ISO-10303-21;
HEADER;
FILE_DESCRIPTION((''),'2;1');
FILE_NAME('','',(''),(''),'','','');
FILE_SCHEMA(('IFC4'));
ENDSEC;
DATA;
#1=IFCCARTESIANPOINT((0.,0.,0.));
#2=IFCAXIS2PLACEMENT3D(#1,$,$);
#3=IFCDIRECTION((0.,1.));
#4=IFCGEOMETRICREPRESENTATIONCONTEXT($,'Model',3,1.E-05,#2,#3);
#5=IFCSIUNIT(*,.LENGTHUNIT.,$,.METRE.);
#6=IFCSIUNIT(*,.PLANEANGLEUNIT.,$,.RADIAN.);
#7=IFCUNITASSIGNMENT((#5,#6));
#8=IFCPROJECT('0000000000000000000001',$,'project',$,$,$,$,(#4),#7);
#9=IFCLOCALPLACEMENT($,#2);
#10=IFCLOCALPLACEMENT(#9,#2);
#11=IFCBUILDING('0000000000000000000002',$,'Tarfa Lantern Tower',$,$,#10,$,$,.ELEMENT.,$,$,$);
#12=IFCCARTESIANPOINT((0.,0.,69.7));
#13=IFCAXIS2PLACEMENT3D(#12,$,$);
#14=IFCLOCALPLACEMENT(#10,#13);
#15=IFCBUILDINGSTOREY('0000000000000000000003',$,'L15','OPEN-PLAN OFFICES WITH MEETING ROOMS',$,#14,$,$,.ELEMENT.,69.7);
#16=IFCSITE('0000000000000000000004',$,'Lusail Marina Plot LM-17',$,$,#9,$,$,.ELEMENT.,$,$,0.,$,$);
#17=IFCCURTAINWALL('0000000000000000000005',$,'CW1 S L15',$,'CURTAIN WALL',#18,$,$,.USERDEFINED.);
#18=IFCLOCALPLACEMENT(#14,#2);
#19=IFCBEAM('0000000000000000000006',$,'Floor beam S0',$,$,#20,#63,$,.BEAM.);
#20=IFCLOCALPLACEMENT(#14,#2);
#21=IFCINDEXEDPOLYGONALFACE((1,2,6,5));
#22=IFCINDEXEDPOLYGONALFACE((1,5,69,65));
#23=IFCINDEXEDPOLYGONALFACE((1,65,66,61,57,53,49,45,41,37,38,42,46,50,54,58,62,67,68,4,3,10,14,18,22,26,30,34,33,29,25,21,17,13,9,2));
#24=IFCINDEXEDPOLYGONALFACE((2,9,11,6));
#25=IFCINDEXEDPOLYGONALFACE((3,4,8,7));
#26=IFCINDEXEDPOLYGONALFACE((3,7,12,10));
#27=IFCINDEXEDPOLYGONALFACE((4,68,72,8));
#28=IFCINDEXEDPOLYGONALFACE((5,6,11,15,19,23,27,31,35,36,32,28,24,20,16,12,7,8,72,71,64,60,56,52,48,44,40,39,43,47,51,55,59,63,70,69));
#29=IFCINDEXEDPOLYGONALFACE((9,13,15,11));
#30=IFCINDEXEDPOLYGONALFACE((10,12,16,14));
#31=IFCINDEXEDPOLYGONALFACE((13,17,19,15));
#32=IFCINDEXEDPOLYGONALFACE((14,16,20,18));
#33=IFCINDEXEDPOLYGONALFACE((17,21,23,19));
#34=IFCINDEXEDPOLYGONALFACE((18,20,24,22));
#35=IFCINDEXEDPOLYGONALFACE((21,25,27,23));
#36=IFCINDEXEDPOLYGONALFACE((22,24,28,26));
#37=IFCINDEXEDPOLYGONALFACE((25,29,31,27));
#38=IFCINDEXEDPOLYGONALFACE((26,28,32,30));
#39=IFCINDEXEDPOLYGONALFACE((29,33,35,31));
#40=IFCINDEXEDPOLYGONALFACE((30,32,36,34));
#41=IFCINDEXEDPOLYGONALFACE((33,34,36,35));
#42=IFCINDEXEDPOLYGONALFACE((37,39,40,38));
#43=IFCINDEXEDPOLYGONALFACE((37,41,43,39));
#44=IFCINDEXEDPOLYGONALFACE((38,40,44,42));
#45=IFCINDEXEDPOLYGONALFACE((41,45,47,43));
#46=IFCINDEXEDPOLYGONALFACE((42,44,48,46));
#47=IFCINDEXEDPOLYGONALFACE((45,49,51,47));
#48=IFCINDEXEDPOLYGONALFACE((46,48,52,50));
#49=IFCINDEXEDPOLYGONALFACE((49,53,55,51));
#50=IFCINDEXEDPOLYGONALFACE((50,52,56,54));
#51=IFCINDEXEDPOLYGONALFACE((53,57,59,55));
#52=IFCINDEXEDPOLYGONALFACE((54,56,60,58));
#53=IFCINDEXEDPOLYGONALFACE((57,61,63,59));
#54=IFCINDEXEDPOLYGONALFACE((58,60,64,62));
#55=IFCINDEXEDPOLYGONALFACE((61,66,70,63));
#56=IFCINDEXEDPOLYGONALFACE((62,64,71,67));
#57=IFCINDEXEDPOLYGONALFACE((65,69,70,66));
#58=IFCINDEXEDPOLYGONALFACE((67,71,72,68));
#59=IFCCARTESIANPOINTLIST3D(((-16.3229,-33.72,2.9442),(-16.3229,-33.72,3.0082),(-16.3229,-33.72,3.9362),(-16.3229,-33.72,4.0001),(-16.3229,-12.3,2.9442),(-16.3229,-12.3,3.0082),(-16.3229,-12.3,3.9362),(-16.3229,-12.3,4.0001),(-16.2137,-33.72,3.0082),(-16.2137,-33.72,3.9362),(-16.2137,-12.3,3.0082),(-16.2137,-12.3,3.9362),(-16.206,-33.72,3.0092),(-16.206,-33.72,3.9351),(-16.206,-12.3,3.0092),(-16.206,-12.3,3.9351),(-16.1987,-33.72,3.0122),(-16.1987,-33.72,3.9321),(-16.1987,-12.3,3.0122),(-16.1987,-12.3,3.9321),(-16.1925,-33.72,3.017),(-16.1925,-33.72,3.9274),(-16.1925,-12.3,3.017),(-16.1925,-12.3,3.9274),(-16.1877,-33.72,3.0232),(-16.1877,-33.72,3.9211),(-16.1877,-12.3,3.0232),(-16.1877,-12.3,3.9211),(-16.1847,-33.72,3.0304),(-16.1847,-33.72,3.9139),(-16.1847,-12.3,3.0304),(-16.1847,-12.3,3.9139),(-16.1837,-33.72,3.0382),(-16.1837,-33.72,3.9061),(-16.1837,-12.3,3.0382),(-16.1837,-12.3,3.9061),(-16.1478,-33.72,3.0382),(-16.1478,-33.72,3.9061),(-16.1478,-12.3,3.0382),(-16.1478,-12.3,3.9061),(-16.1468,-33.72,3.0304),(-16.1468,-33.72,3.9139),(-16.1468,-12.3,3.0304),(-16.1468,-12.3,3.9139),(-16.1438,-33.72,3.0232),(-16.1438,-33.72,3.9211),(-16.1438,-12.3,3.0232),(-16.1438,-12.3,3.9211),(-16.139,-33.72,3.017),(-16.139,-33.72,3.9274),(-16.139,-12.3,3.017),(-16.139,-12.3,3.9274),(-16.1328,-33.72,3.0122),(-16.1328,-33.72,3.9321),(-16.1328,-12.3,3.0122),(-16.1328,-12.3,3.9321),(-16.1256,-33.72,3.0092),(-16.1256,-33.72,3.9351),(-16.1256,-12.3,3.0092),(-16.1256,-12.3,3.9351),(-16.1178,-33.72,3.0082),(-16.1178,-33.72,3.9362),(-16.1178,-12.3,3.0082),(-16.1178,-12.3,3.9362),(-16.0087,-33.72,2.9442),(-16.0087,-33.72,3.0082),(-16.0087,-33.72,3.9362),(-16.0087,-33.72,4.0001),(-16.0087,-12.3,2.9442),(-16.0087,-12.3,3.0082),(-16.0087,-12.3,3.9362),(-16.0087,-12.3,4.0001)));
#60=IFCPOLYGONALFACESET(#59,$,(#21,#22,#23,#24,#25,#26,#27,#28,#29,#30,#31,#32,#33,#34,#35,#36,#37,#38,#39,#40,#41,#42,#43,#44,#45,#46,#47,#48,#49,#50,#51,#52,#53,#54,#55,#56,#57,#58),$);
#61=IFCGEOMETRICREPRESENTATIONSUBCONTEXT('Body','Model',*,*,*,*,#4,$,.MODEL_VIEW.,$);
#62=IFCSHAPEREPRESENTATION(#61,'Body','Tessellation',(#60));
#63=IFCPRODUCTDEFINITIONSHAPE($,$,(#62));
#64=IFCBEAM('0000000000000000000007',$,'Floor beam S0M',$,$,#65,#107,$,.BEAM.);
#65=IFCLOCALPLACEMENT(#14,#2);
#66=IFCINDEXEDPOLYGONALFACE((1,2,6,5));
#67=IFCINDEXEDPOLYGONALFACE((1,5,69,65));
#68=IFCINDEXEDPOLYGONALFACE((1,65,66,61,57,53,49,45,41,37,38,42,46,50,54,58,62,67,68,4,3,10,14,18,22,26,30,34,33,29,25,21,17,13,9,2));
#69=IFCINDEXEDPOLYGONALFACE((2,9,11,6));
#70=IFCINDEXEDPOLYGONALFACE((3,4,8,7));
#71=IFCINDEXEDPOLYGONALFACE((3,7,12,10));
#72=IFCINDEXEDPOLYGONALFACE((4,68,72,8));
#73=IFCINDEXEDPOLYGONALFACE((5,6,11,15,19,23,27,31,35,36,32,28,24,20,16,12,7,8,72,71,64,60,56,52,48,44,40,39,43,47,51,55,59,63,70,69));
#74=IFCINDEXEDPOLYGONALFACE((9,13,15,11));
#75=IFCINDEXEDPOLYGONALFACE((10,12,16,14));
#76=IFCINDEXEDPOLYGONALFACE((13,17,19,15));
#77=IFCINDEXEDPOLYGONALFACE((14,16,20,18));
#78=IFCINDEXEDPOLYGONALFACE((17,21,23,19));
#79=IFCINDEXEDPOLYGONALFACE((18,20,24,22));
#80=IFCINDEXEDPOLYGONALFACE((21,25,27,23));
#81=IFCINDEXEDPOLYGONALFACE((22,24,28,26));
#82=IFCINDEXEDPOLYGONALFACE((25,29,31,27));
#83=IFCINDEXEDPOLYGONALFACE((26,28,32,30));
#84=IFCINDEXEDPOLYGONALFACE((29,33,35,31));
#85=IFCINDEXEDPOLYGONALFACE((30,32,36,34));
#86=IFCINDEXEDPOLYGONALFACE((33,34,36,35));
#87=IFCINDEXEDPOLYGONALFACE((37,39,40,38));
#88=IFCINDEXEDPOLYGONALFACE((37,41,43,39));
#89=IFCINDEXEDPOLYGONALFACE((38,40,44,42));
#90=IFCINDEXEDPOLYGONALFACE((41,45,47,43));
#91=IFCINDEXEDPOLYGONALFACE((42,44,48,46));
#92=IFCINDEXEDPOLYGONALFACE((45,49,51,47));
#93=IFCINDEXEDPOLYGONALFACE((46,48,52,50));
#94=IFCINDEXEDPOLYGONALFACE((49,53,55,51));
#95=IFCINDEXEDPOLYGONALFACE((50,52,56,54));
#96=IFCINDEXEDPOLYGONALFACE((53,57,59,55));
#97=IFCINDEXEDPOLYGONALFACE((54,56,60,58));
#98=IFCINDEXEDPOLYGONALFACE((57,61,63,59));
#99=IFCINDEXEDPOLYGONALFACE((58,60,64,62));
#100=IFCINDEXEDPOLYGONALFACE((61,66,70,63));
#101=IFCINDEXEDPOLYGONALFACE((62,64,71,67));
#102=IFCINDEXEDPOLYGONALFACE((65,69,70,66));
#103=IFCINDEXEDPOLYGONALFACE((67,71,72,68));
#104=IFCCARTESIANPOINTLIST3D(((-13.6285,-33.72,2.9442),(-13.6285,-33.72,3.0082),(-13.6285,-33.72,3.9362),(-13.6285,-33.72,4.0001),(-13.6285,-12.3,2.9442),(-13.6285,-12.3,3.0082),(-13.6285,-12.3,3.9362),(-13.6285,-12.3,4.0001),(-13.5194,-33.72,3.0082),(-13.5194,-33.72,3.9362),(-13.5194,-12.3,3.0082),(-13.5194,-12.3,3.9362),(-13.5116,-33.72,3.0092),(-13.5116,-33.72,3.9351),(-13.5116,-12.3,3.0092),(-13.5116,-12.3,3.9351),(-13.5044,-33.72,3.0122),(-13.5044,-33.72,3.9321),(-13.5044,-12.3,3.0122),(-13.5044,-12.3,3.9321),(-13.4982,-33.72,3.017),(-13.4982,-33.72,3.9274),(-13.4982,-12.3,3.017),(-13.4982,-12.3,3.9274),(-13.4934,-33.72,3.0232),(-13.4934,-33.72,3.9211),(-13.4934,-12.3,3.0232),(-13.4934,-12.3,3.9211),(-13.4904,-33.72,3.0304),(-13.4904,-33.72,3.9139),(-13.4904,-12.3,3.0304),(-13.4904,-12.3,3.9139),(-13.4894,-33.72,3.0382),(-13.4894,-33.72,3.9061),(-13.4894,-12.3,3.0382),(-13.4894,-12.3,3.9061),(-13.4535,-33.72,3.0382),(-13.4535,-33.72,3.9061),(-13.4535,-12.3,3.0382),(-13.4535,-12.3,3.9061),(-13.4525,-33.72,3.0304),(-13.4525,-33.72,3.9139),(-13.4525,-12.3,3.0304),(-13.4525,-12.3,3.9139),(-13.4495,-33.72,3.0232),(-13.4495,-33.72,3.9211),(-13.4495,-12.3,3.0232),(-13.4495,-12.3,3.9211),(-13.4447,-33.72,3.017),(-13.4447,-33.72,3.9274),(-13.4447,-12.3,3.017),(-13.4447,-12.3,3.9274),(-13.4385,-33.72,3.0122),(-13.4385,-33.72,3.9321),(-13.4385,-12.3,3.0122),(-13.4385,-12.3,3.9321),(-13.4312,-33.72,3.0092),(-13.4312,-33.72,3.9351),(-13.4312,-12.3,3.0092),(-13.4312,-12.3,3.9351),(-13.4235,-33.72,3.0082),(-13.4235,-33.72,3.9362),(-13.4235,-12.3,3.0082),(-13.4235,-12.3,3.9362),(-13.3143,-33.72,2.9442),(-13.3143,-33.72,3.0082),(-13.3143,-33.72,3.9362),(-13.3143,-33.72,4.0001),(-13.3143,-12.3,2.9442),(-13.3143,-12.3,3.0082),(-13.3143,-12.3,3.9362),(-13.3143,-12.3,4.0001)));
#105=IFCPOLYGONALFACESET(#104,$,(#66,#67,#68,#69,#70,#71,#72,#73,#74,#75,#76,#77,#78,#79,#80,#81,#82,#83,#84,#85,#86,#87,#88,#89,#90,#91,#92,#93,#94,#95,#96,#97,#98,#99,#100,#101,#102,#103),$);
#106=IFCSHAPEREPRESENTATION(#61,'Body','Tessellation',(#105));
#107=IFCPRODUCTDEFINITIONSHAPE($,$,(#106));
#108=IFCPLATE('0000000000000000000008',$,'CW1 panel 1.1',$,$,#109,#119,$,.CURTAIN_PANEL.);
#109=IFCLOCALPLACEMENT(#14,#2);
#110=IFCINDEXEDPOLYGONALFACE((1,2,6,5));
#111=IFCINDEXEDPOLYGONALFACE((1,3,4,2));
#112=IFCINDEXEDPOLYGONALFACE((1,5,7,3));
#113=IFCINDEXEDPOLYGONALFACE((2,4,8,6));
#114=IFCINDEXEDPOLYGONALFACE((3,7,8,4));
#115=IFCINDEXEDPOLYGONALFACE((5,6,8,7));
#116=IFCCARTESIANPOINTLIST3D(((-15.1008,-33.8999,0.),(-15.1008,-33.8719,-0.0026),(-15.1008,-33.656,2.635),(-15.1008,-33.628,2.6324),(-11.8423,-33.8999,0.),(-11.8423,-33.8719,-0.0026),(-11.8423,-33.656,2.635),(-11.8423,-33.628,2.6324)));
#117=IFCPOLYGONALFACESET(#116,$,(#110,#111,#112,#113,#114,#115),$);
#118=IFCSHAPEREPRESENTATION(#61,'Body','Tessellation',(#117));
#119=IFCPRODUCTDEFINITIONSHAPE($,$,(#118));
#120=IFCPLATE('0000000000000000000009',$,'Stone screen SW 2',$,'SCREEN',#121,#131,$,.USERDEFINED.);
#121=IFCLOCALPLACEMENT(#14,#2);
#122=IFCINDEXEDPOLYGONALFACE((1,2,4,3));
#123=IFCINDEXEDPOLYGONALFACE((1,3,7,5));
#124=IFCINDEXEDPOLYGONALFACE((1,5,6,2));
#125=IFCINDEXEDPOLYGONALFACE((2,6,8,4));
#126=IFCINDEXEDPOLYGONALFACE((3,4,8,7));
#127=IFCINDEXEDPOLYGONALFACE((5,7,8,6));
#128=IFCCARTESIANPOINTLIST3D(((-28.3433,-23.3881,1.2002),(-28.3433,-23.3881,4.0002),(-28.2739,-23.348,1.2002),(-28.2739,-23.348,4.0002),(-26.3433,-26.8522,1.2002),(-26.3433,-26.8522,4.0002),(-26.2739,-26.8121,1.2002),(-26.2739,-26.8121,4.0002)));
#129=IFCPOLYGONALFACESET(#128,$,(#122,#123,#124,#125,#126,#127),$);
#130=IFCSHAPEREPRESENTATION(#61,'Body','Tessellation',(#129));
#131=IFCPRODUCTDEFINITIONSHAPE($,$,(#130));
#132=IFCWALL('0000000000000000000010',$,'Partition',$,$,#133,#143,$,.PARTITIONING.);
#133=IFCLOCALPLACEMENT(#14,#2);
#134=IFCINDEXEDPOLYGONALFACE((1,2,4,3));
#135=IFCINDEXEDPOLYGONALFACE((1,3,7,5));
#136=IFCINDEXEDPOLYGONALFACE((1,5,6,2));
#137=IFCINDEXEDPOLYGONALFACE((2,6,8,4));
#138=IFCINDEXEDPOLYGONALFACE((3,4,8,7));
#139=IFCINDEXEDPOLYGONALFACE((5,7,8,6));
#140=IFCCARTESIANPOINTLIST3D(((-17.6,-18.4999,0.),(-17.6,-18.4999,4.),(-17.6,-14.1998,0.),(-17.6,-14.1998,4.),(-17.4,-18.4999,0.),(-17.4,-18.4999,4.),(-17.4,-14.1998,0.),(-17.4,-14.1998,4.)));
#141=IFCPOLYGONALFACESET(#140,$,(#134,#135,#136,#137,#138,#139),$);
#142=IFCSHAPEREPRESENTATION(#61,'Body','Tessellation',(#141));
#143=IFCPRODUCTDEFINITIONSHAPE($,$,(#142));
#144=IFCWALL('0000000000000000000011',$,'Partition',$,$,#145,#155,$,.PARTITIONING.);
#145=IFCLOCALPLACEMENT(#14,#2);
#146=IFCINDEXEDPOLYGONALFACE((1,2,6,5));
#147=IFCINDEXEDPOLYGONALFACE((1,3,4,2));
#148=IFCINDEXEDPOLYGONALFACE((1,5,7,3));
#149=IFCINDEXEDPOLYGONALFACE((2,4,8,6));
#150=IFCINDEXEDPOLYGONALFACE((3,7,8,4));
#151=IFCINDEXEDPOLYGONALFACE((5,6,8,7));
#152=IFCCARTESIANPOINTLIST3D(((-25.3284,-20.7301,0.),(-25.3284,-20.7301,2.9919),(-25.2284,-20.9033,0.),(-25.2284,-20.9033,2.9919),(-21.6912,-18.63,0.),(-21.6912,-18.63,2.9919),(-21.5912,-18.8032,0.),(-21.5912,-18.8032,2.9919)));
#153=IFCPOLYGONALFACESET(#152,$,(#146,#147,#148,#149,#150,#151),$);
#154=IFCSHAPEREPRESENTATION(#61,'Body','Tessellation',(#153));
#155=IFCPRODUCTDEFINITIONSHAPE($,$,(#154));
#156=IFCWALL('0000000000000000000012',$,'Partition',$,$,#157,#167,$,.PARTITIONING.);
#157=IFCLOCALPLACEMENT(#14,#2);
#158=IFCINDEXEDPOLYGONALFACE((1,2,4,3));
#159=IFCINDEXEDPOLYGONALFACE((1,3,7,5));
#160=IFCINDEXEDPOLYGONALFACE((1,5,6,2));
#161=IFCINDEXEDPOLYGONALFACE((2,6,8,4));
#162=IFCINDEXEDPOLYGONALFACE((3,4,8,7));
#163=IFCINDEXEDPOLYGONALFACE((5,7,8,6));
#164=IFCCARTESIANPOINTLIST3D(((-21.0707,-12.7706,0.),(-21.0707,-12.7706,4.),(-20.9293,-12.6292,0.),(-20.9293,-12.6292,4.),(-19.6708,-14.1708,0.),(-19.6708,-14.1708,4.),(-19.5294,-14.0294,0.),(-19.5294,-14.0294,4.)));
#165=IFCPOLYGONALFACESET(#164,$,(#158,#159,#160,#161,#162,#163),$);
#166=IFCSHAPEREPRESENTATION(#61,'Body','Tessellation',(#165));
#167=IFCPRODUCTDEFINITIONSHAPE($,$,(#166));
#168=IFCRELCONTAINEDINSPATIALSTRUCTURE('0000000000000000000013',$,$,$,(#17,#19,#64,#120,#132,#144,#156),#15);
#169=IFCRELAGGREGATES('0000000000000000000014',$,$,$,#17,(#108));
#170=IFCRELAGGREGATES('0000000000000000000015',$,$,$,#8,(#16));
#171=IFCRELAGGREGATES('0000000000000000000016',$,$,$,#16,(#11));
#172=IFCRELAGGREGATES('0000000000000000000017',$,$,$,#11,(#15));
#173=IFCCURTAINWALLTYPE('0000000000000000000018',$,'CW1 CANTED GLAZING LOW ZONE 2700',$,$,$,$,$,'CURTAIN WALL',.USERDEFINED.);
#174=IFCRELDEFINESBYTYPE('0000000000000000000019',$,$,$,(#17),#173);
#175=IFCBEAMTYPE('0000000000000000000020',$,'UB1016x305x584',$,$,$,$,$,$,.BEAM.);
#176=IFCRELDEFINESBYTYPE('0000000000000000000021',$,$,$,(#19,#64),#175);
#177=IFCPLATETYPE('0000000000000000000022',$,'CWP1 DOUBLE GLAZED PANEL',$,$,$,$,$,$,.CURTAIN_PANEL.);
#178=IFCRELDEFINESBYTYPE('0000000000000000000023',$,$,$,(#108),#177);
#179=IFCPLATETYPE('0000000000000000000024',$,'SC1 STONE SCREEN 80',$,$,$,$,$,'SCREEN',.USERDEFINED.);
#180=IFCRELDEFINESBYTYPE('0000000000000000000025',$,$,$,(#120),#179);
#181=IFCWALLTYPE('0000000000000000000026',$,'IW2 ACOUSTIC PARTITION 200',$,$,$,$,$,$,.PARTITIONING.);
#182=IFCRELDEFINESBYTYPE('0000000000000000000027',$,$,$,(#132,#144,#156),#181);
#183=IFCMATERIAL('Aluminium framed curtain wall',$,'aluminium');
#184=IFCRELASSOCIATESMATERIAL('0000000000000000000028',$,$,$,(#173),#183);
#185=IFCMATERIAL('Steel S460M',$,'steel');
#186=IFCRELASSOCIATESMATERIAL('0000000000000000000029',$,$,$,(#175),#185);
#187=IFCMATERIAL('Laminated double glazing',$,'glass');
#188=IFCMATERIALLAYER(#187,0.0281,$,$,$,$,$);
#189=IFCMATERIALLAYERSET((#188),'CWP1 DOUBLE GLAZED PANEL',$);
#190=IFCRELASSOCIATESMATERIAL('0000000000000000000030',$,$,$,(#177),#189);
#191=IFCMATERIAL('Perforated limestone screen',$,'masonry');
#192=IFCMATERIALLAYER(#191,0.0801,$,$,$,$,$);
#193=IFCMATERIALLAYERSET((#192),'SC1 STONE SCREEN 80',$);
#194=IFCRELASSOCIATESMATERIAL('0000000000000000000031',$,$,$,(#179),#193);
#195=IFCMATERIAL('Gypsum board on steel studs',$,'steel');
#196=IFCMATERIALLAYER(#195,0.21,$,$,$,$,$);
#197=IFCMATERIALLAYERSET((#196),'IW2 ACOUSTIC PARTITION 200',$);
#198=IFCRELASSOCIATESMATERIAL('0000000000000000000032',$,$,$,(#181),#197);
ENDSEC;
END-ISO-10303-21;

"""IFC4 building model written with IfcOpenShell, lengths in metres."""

from ifc_helpers import new_model, si_unit, direction, frame, frame_2d, origin, origin_2d, place, context, subcontext, project, spatial, polyline, rectangle, i_section, outline, extrude, material, layer, layer_set, material_profile, profile_set, type_object, element, aggregate, save


model = new_model("IFC4")

# Units and contexts
model_context = context("Model", 3, precision=1e-05, world=origin(), true_north=direction((0.0, 1.0)))
body_context = subcontext(model_context, "Body", "Model", "MODEL_VIEW")
ifc_project = project(units=[si_unit("LENGTHUNIT", "METRE"), si_unit("PLANEANGLEUNIT", "RADIAN")], contexts=[model_context])

# Site, building, storey
site_placement = place(None, origin())
site = spatial("IfcSite", under=ifc_project, at=site_placement, Name="Lusail Marina Plot LM-17", CompositionType="ELEMENT", RefElevation=0.0)
building_placement = place(site_placement, origin())
building = spatial("IfcBuilding", under=site, at=building_placement, Name="Tarfa Lantern Tower", CompositionType="ELEMENT")
storey_placement = place(building_placement, frame((0.0, 0.0, 69.7)))
storey = spatial("IfcBuildingStorey", under=building, at=storey_placement, Name="L15", Description="OPEN-PLAN OFFICES WITH MEETING ROOMS", CompositionType="ELEMENT", Elevation=69.7)

# Curtain wall
ifc_material_1 = material(Name="Aluminium framed curtain wall", Category="aluminium")
curtain_wall_type = type_object("IfcCurtainWallType", Name="CW1 CANTED GLAZING LOW ZONE 2700", ElementType="CURTAIN WALL", PredefinedType="USERDEFINED", material=ifc_material_1)
curtain_wall_placement = place(storey_placement, origin())
curtain_wall = element("IfcCurtainWall", 1, at=curtain_wall_placement, inside=storey, type_object=curtain_wall_type, Name="CW1 S L15", ObjectType="CURTAIN WALL", PredefinedType="USERDEFINED")

# Beams
ifc_material_2 = material(Name="Steel S460M", Category="steel")
ifc_material_profile_1 = material_profile(ifc_material_2, i_section(OverallWidth=0.3142, OverallDepth=1.0559, WebThickness=0.0359, FlangeThickness=0.064, FilletRadius=0.03, at=origin_2d()), Name="UB1016x305x584")
ifc_profile_set_1 = profile_set([ifc_material_profile_1], Name="Steel S460M")
beam_type_1 = type_object("IfcBeamType", Name="UB1016x305x584", PredefinedType="BEAM", material=ifc_profile_set_1)
for number, where, z_axis, x_axis, name in (
    (2, (-16.1658, -33.72, 3.4722), (0.0, 1.0, 0.0), (-1.0, 0.0, 0.0), "Floor beam S0"),
    (3, (-13.4714, -33.72, 3.4722), (0.0, 1.0, 0.0), (-1.0, 0.0, 0.0), "Floor beam S0M"),
):
    element("IfcBeam", number, at=place(storey_placement, frame(where, z_axis=z_axis, x_axis=x_axis)), inside=storey, type_object=beam_type_1, Name=name, PredefinedType="BEAM", context=body_context, shape_type="SweptSolid", body=[
        extrude(i_section(OverallWidth=0.3142, OverallDepth=1.0559, WebThickness=0.0359, FlangeThickness=0.064, FilletRadius=0.03, at=origin_2d()), origin(), (0.0, 0.0, 1.0), 21.4199),
    ])

# Plates
ifc_material_3 = material(Name="Laminated double glazing", Category="glass")
ifc_layer_1 = layer(ifc_material_3, 0.0281)
ifc_layer_set_1 = layer_set([ifc_layer_1], Name="CWP1 DOUBLE GLAZED PANEL")
plate_type_1 = type_object("IfcPlateType", Name="CWP1 DOUBLE GLAZED PANEL", PredefinedType="CURTAIN_PANEL", material=ifc_layer_set_1)
plate_1_placement = place(storey_placement, frame((-15.1008, -33.8999, 0.0), z_axis=(0.0, -0.995744, 0.092166), x_axis=(1.0, 0.0, 0.0)))
plate_1 = element("IfcPlate", 4, at=plate_1_placement, type_object=plate_type_1, Name="CW1 panel 1.1", PredefinedType="CURTAIN_PANEL", context=body_context, shape_type="SweptSolid", body=[
    extrude(outline(polyline([(0.0, 0.0), (3.2585, 0.0), (3.2585, 2.6463), (0.0, 2.6463), (0.0, 0.0)])), origin(), (0.0, 0.0, -1.0), 0.0281),
])
aggregate(curtain_wall, [plate_1])
ifc_material_4 = material(Name="Perforated limestone screen", Category="masonry")
ifc_layer_2 = layer(ifc_material_4, 0.0801)
ifc_layer_set_2 = layer_set([ifc_layer_2], Name="SC1 STONE SCREEN 80")
plate_type_2 = type_object("IfcPlateType", Name="SC1 STONE SCREEN 80", ElementType="SCREEN", PredefinedType="USERDEFINED", material=ifc_layer_set_2)
plate_2_placement = place(storey_placement, frame((-27.3086, -25.1001, 1.2002), z_axis=(0.0, 0.0, 1.0), x_axis=(0.5, -0.866025, 0.0)))
element("IfcPlate", 5, at=plate_2_placement, inside=storey, type_object=plate_type_2, Name="Stone screen SW 2", ObjectType="SCREEN", PredefinedType="USERDEFINED", context=body_context, shape_type="SweptSolid", body=[
    extrude(rectangle(XDim=4.0, YDim=0.0801, at=origin_2d()), origin(), (0.0, 0.0, 1.0), 2.8),
])

# Walls
ifc_material_5 = material(Name="Gypsum board on steel studs", Category="steel")
ifc_layer_3 = layer(ifc_material_5, 0.21)
ifc_layer_set_3 = layer_set([ifc_layer_3], Name="IW2 ACOUSTIC PARTITION 200")
wall_type = type_object("IfcWallType", Name="IW2 ACOUSTIC PARTITION 200", PredefinedType="PARTITIONING", material=ifc_layer_set_3)
wall_1_placement = place(storey_placement, frame((-17.5, -14.2, 0.0), z_axis=(0.0, 0.0, 1.0), x_axis=(0.0, -1.0, 0.0)))
element("IfcWall", 6, at=wall_1_placement, inside=storey, type_object=wall_type, Name="Partition", PredefinedType="PARTITIONING", context=body_context, shape_type="SweptSolid", body=[
    extrude(rectangle(XDim=4.3, YDim=0.2, at=frame_2d((2.1499, 0.0))), origin(), (0.0, 0.0, 1.0), 4.0),
])
wall_2_placement = place(storey_placement, frame((-21.6411, -18.7166, 0.0), z_axis=(0.0, 0.0, 1.0), x_axis=(-0.866009, -0.500028, 0.0)))
element("IfcWall", 7, at=wall_2_placement, inside=storey, type_object=wall_type, Name="Partition", PredefinedType="PARTITIONING", context=body_context, shape_type="SweptSolid", body=[
    extrude(rectangle(XDim=4.2, YDim=0.2, at=frame_2d((2.1001, 0.0))), origin(), (0.0, 0.0, 1.0), 2.9919),
])
wall_3_placement = place(storey_placement, frame((-19.6001, -14.1001, 0.0), z_axis=(0.0, 0.0, 1.0), x_axis=(-0.707045, 0.707168, 0.0)))
element("IfcWall", 8, at=wall_3_placement, inside=storey, type_object=wall_type, Name="Partition", PredefinedType="PARTITIONING", context=body_context, shape_type="SweptSolid", body=[
    extrude(rectangle(XDim=1.98, YDim=0.2, at=frame_2d((0.99, 0.0))), origin(), (0.0, 0.0, 1.0), 4.0),
])

save(model, "model.ifc")
